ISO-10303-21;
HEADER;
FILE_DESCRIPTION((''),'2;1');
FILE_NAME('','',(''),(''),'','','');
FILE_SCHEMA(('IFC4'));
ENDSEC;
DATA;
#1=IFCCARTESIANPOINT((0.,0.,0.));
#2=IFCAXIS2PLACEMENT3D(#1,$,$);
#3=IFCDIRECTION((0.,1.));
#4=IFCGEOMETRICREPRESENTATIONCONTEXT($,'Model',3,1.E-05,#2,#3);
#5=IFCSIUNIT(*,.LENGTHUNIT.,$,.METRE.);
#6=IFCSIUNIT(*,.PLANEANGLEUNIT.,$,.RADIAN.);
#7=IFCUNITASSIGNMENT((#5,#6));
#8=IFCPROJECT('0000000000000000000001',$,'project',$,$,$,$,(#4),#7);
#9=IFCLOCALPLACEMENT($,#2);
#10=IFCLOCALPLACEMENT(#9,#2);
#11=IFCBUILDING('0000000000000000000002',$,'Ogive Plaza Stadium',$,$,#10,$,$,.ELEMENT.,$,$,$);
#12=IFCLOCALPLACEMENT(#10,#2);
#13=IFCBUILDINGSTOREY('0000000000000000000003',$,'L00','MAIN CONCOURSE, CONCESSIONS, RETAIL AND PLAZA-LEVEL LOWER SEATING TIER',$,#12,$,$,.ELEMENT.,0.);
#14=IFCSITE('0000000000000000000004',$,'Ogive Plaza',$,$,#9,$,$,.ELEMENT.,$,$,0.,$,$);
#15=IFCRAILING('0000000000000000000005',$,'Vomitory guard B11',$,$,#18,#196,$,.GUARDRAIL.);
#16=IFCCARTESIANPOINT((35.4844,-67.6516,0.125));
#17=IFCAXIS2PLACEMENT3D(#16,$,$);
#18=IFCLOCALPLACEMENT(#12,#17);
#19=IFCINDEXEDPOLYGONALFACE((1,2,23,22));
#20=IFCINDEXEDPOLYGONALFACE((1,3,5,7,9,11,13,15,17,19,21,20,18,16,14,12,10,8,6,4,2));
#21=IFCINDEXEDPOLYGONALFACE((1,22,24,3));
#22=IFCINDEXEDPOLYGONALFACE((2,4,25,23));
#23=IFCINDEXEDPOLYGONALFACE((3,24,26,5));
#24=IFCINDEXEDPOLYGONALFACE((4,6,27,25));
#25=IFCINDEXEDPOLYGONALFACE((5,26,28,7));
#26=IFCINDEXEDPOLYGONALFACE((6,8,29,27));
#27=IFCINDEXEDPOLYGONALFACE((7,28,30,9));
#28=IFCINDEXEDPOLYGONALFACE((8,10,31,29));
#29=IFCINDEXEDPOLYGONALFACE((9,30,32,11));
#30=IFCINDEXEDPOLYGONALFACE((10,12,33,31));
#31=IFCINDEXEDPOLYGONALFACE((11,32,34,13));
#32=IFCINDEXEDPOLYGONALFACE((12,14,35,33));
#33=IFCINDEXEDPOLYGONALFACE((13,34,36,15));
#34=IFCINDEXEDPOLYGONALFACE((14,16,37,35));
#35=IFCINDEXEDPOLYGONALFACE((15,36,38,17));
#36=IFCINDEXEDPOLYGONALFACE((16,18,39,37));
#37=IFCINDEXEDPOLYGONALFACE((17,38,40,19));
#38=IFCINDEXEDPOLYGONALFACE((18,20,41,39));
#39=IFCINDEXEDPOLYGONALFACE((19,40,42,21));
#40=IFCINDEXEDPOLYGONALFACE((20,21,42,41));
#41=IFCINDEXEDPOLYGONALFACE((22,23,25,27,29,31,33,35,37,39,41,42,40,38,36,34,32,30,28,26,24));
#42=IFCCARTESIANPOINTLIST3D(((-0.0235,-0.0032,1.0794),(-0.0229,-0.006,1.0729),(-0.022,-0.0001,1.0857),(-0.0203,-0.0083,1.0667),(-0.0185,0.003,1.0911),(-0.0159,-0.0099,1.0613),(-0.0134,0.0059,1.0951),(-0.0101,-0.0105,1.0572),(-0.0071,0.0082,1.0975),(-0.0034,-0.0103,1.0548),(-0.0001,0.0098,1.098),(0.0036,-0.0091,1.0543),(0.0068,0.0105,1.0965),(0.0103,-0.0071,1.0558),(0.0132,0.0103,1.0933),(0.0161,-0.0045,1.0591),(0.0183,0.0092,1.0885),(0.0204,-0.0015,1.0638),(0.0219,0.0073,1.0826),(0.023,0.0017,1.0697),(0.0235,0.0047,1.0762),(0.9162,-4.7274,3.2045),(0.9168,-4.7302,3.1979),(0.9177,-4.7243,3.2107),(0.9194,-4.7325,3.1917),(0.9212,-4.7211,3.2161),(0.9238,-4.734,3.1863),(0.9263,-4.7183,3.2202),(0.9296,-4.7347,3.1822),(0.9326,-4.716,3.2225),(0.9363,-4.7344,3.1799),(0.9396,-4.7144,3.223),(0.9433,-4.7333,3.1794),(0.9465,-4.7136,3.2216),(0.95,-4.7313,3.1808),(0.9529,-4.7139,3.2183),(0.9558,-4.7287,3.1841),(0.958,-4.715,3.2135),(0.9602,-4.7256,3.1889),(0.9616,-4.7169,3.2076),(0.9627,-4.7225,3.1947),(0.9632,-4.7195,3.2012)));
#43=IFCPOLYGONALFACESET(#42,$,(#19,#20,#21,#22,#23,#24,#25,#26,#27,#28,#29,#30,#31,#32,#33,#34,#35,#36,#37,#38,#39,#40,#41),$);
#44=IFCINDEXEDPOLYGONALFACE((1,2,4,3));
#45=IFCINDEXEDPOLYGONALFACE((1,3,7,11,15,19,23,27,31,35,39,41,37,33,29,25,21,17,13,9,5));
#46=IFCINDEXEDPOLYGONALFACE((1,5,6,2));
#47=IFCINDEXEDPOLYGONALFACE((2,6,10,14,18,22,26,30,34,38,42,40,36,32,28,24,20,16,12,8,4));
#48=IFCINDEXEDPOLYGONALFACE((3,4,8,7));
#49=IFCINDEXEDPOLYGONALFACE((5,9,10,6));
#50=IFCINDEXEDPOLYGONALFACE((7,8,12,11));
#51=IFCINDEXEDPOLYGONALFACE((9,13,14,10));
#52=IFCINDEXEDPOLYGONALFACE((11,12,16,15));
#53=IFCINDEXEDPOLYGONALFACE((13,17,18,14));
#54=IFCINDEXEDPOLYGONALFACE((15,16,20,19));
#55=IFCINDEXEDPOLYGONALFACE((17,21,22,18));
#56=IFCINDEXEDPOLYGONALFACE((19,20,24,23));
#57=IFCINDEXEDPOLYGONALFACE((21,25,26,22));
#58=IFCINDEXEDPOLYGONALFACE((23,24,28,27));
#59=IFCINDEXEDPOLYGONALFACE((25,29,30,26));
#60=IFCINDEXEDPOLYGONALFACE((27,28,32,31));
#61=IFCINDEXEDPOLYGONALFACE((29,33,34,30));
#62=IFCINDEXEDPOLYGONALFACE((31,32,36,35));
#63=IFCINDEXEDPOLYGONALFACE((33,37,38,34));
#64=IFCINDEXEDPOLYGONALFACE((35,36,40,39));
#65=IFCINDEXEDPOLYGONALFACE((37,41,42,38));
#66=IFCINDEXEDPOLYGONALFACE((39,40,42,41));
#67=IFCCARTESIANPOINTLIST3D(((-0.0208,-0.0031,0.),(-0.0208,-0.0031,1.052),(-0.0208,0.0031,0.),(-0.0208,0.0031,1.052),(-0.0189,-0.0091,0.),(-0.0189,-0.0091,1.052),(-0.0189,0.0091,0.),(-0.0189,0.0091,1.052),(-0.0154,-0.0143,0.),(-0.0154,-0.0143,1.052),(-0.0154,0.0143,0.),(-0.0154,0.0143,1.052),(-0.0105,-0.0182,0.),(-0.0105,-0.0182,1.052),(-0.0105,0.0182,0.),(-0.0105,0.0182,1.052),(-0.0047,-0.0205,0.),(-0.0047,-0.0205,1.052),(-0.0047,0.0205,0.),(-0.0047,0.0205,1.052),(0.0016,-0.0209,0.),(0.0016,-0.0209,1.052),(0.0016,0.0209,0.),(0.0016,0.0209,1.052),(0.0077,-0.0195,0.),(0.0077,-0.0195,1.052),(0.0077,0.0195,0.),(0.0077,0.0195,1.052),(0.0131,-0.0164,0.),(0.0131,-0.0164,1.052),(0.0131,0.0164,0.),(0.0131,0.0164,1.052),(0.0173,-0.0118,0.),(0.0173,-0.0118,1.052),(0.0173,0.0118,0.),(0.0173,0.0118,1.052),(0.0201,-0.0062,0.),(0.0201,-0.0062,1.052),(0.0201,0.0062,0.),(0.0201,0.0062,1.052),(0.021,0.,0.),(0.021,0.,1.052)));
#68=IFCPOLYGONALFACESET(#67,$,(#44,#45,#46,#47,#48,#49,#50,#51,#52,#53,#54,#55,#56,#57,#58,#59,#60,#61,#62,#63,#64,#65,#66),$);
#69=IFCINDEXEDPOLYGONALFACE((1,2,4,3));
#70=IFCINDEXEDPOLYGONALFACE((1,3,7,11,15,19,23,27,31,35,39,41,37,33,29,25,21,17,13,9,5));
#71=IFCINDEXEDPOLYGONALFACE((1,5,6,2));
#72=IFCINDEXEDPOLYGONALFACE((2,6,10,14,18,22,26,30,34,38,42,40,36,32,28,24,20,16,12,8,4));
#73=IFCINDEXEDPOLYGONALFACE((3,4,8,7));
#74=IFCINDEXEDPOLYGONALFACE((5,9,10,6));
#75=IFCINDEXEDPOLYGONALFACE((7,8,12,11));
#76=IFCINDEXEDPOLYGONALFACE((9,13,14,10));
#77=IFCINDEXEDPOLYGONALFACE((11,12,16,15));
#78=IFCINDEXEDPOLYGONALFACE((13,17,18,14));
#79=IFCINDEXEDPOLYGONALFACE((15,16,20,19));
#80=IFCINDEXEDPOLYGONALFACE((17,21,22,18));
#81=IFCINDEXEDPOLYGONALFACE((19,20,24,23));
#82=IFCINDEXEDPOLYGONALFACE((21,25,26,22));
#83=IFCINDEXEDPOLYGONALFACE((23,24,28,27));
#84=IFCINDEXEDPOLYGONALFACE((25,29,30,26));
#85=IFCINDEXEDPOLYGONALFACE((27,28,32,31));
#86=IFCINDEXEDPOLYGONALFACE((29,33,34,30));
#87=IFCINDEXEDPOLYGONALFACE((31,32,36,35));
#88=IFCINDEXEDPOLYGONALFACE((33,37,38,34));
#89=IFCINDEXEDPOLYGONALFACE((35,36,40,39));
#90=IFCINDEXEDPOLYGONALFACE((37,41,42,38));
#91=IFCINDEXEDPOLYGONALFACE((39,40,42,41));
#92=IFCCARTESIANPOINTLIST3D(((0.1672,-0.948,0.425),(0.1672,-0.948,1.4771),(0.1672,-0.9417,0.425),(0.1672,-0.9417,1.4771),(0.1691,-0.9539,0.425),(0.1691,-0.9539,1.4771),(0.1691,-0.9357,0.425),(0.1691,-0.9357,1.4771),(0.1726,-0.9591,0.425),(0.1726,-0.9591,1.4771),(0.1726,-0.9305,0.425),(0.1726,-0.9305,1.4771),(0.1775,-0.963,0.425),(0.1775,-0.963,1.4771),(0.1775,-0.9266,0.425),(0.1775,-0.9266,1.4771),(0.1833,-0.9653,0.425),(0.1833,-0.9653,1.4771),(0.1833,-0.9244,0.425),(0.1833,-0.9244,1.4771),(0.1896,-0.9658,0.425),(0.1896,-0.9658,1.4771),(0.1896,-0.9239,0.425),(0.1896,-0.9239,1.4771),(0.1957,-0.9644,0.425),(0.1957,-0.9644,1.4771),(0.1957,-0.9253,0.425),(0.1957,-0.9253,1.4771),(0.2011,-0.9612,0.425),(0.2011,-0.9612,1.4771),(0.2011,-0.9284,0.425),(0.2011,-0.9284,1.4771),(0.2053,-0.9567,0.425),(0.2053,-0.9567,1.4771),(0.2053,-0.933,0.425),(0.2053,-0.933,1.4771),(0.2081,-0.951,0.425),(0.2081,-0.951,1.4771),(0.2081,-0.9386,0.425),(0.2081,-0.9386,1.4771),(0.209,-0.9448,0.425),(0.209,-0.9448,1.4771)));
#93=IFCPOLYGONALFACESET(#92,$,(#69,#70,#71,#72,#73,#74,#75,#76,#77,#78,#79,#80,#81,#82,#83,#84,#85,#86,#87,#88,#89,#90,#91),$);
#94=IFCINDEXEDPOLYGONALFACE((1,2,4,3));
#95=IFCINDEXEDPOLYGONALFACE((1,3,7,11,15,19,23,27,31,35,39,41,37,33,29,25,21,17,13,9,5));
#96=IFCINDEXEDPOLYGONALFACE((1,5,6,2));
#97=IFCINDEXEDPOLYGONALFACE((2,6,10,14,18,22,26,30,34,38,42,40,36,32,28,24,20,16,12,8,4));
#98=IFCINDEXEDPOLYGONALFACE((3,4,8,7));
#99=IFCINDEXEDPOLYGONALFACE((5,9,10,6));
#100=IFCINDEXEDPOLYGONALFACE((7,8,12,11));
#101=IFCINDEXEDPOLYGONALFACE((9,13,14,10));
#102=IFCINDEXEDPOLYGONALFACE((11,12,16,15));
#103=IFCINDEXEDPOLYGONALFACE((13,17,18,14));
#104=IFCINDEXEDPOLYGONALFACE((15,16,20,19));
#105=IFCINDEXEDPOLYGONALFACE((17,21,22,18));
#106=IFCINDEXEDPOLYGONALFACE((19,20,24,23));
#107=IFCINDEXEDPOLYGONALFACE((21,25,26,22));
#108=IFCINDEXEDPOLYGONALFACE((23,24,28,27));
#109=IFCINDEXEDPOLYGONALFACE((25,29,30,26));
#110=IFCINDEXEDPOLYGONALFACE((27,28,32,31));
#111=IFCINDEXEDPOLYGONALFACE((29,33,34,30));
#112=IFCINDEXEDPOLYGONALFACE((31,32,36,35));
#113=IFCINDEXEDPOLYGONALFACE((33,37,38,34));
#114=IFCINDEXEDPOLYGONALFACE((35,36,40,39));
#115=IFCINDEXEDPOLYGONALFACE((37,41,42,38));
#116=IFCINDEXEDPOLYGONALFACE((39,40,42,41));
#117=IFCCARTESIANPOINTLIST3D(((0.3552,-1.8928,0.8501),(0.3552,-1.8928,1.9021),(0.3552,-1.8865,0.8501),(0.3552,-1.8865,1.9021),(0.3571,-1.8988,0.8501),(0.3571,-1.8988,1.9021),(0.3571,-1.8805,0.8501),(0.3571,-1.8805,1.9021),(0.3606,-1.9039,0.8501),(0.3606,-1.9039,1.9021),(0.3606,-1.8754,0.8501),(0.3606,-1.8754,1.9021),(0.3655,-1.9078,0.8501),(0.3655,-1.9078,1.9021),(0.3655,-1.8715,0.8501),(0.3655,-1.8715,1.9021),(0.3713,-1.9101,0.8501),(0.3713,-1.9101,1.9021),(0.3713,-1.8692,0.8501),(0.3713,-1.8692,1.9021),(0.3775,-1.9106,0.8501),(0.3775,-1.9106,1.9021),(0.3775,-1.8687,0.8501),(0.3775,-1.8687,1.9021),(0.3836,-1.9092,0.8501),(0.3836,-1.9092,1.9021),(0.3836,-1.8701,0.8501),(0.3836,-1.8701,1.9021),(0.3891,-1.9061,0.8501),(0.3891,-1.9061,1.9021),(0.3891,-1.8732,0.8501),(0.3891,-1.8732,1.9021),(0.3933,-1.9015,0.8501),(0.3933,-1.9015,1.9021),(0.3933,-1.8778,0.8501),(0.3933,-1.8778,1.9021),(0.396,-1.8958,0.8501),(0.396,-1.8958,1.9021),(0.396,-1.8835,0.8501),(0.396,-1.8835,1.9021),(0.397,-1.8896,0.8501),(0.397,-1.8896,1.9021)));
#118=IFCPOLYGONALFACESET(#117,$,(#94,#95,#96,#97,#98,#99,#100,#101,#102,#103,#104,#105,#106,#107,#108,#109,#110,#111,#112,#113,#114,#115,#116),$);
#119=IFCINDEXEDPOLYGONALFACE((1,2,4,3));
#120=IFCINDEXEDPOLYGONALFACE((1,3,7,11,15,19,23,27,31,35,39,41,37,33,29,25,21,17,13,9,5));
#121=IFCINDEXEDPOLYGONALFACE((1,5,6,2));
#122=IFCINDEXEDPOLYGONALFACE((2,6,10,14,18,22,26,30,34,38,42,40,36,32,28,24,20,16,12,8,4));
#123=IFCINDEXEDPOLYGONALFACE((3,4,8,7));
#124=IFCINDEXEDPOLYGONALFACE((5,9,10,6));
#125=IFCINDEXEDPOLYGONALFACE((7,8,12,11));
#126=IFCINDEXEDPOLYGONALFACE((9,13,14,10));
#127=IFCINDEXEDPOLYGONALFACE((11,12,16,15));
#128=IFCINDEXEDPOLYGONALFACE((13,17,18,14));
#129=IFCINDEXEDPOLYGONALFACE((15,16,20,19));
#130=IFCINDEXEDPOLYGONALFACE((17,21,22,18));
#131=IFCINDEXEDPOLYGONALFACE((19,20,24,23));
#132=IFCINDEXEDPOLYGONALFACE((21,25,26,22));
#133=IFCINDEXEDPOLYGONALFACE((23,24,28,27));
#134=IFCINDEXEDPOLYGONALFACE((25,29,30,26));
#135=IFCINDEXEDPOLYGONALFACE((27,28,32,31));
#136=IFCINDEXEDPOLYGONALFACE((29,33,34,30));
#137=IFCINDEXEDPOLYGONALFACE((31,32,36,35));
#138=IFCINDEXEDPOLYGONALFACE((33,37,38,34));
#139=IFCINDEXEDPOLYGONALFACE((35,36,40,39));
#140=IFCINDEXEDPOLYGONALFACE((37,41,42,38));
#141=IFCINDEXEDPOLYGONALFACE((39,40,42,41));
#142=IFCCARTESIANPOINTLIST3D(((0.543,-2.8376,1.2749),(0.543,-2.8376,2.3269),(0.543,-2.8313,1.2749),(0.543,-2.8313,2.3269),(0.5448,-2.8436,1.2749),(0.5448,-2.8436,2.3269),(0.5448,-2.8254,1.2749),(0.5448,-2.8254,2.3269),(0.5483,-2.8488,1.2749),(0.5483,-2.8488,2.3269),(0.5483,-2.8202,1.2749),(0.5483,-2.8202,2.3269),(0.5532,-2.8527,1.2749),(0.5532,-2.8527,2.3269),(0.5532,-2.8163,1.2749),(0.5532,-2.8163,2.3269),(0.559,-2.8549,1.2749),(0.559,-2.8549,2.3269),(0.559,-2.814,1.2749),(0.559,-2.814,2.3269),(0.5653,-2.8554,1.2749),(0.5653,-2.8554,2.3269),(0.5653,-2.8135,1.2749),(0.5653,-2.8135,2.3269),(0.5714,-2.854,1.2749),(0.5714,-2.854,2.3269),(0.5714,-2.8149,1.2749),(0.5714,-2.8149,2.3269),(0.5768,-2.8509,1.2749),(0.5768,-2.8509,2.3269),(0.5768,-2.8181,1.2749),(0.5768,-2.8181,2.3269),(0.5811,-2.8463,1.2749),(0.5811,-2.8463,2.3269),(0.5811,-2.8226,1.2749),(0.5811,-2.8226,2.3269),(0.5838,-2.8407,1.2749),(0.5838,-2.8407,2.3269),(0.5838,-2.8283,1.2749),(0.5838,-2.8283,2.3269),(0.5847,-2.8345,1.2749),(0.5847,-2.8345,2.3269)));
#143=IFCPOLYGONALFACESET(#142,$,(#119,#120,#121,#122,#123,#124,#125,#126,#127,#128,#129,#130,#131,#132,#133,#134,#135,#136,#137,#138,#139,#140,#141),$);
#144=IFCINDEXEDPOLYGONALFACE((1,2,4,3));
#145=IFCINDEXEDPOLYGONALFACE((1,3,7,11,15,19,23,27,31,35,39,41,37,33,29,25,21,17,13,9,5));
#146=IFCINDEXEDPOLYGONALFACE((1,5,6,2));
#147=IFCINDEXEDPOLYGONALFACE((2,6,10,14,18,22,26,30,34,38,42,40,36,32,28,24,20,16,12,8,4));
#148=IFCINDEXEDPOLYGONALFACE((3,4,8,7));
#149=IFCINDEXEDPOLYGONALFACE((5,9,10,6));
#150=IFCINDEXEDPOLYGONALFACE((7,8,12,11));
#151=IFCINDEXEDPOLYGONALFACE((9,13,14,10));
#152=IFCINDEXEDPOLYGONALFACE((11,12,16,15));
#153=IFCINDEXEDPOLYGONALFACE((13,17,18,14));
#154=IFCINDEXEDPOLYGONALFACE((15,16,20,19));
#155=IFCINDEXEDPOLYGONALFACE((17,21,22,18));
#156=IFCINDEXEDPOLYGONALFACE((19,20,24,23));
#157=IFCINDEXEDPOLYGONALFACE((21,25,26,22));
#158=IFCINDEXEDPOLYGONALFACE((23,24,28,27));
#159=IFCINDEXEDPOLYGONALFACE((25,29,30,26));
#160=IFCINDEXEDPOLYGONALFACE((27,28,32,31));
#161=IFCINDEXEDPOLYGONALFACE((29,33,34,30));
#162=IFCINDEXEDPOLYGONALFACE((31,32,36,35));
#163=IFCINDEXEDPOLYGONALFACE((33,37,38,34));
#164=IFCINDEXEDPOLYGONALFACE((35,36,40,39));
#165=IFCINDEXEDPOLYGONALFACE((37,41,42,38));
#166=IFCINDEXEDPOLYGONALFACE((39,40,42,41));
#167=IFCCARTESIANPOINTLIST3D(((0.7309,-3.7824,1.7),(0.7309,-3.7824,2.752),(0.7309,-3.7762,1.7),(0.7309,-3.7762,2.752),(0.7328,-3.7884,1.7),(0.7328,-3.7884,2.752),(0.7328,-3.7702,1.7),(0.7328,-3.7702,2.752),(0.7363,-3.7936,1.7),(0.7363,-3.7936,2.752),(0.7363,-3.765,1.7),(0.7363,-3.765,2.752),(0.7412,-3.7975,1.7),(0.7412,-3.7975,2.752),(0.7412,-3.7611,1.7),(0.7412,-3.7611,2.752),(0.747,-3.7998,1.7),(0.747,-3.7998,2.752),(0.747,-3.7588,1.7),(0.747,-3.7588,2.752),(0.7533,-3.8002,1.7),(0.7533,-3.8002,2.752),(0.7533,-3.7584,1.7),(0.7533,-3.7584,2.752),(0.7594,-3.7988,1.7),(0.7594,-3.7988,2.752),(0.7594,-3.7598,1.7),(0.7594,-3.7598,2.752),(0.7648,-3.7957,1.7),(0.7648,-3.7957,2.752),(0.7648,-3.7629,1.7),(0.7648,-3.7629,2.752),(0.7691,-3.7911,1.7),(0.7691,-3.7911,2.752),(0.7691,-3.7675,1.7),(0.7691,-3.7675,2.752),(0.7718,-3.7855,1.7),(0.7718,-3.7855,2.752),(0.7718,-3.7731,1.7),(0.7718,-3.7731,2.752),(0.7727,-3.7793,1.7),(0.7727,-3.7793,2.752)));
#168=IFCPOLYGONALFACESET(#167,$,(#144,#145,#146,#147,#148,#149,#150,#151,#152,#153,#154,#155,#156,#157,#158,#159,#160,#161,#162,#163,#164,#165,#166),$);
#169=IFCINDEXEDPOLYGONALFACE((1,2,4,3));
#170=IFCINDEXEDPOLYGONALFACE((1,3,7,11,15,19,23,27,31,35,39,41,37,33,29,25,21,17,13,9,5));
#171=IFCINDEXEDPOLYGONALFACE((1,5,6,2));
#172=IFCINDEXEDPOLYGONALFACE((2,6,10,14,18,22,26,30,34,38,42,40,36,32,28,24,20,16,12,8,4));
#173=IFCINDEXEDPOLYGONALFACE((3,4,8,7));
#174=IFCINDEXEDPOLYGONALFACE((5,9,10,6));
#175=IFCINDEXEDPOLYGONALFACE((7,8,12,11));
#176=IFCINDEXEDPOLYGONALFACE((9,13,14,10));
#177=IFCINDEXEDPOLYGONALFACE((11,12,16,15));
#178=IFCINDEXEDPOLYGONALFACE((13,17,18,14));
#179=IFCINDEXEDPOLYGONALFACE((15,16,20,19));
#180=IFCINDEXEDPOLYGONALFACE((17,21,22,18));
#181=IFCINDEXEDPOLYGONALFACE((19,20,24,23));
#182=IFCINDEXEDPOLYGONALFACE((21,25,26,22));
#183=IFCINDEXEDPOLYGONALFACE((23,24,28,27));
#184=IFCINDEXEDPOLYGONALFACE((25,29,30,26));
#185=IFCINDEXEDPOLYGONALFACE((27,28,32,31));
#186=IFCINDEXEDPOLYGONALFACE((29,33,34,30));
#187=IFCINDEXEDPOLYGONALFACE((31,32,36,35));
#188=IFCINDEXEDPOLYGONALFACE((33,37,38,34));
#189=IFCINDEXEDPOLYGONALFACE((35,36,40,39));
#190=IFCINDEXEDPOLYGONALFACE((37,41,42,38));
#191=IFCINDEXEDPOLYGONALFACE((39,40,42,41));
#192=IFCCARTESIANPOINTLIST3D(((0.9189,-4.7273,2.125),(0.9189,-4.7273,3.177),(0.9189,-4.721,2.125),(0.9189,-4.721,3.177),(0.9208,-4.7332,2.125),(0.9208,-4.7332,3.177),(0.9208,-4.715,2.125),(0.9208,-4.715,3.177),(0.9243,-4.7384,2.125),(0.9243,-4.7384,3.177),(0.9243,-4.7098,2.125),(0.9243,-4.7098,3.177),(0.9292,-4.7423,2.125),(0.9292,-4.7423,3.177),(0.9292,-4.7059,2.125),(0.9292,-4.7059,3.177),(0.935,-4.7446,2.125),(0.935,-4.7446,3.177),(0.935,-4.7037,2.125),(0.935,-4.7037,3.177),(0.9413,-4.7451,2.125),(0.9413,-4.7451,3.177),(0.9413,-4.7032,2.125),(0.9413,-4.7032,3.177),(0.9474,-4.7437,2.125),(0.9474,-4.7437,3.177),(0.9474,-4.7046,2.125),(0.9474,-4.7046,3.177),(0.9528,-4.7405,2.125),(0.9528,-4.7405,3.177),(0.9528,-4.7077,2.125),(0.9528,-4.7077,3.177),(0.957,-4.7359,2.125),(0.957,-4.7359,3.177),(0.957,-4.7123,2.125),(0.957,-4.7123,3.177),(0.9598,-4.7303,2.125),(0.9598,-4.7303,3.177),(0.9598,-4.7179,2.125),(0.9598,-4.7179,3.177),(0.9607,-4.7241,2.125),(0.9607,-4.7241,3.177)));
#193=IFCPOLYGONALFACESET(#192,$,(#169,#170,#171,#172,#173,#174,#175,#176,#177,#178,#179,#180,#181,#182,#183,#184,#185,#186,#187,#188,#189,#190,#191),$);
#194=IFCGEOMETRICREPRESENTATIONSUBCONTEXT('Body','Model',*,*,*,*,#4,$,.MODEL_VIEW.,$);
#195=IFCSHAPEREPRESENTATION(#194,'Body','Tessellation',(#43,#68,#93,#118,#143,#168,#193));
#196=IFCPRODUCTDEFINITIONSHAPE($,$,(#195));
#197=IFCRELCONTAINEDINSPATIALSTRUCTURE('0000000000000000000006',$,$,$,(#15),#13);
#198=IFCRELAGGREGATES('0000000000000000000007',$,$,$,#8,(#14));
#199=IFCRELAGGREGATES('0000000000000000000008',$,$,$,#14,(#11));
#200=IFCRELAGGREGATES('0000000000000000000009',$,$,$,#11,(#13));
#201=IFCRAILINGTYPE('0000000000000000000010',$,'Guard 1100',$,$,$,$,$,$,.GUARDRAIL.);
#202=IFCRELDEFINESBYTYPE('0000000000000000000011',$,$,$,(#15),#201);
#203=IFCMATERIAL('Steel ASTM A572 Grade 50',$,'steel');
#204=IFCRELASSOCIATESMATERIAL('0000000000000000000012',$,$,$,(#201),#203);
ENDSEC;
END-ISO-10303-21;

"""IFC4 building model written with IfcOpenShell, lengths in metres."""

from ifc_helpers import new_model, si_unit, direction, frame, origin, origin_2d, place, context, subcontext, project, spatial, circle, extrude, material, type_object, element, save


model = new_model("IFC4")

# Units and contexts
model_context = context("Model", 3, precision=1e-05, world=origin(), true_north=direction((0.0, 1.0)))
body_context = subcontext(model_context, "Body", "Model", "MODEL_VIEW")
ifc_project = project(units=[si_unit("LENGTHUNIT", "METRE"), si_unit("PLANEANGLEUNIT", "RADIAN")], contexts=[model_context])

# Site, building, storey
site_placement = place(None, origin())
site = spatial("IfcSite", under=ifc_project, at=site_placement, Name="Ogive Plaza", CompositionType="ELEMENT", RefElevation=0.0)
building_placement = place(site_placement, origin())
building = spatial("IfcBuilding", under=site, at=building_placement, Name="Ogive Plaza Stadium", CompositionType="ELEMENT")
storey_placement = place(building_placement, origin())
storey = spatial("IfcBuildingStorey", under=building, at=storey_placement, Name="L00", Description="MAIN CONCOURSE, CONCESSIONS, RETAIL AND PLAZA-LEVEL LOWER SEATING TIER", CompositionType="ELEMENT", Elevation=0.0)

# Railing
ifc_material_1 = material(Name="Steel ASTM A572 Grade 50", Category="steel")
railing_type = type_object("IfcRailingType", Name="Guard 1100", PredefinedType="GUARDRAIL", material=ifc_material_1)
for number, where, name in (
    (1, (35.4844, -67.6516, 0.125), "Vomitory guard B11"),
):
    element("IfcRailing", number, at=place(storey_placement, frame(where)), inside=storey, type_object=railing_type, Name=name, PredefinedType="GUARDRAIL", context=body_context, shape_type="SweptSolid", body=[
        extrude(circle(Radius=0.0239, at=origin_2d()), frame((0.0, 0.0, 1.0762), z_axis=(0.178494, -0.897338, 0.40364), x_axis=(0.980785, 0.195093, 0.0)), (0.0, 0.0, 1.0), 5.2646),
        extrude(circle(Radius=0.021, at=origin_2d()), origin(), (0.0, 0.0, 1.0), 1.052),
        extrude(circle(Radius=0.021, at=origin_2d()), frame((0.188, -0.9448, 0.425)), (0.0, 0.0, 1.0), 1.052),
        extrude(circle(Radius=0.021, at=origin_2d()), frame((0.376, -1.8896, 0.8501)), (0.0, 0.0, 1.0), 1.052),
        extrude(circle(Radius=0.021, at=origin_2d()), frame((0.5637, -2.8345, 1.2749)), (0.0, 0.0, 1.0), 1.052),
        extrude(circle(Radius=0.021, at=origin_2d()), frame((0.7517, -3.7793, 1.7)), (0.0, 0.0, 1.0), 1.052),
        extrude(circle(Radius=0.021, at=origin_2d()), frame((0.9397, -4.7241, 2.125)), (0.0, 0.0, 1.0), 1.052),
    ])

save(model, "model.ifc")
